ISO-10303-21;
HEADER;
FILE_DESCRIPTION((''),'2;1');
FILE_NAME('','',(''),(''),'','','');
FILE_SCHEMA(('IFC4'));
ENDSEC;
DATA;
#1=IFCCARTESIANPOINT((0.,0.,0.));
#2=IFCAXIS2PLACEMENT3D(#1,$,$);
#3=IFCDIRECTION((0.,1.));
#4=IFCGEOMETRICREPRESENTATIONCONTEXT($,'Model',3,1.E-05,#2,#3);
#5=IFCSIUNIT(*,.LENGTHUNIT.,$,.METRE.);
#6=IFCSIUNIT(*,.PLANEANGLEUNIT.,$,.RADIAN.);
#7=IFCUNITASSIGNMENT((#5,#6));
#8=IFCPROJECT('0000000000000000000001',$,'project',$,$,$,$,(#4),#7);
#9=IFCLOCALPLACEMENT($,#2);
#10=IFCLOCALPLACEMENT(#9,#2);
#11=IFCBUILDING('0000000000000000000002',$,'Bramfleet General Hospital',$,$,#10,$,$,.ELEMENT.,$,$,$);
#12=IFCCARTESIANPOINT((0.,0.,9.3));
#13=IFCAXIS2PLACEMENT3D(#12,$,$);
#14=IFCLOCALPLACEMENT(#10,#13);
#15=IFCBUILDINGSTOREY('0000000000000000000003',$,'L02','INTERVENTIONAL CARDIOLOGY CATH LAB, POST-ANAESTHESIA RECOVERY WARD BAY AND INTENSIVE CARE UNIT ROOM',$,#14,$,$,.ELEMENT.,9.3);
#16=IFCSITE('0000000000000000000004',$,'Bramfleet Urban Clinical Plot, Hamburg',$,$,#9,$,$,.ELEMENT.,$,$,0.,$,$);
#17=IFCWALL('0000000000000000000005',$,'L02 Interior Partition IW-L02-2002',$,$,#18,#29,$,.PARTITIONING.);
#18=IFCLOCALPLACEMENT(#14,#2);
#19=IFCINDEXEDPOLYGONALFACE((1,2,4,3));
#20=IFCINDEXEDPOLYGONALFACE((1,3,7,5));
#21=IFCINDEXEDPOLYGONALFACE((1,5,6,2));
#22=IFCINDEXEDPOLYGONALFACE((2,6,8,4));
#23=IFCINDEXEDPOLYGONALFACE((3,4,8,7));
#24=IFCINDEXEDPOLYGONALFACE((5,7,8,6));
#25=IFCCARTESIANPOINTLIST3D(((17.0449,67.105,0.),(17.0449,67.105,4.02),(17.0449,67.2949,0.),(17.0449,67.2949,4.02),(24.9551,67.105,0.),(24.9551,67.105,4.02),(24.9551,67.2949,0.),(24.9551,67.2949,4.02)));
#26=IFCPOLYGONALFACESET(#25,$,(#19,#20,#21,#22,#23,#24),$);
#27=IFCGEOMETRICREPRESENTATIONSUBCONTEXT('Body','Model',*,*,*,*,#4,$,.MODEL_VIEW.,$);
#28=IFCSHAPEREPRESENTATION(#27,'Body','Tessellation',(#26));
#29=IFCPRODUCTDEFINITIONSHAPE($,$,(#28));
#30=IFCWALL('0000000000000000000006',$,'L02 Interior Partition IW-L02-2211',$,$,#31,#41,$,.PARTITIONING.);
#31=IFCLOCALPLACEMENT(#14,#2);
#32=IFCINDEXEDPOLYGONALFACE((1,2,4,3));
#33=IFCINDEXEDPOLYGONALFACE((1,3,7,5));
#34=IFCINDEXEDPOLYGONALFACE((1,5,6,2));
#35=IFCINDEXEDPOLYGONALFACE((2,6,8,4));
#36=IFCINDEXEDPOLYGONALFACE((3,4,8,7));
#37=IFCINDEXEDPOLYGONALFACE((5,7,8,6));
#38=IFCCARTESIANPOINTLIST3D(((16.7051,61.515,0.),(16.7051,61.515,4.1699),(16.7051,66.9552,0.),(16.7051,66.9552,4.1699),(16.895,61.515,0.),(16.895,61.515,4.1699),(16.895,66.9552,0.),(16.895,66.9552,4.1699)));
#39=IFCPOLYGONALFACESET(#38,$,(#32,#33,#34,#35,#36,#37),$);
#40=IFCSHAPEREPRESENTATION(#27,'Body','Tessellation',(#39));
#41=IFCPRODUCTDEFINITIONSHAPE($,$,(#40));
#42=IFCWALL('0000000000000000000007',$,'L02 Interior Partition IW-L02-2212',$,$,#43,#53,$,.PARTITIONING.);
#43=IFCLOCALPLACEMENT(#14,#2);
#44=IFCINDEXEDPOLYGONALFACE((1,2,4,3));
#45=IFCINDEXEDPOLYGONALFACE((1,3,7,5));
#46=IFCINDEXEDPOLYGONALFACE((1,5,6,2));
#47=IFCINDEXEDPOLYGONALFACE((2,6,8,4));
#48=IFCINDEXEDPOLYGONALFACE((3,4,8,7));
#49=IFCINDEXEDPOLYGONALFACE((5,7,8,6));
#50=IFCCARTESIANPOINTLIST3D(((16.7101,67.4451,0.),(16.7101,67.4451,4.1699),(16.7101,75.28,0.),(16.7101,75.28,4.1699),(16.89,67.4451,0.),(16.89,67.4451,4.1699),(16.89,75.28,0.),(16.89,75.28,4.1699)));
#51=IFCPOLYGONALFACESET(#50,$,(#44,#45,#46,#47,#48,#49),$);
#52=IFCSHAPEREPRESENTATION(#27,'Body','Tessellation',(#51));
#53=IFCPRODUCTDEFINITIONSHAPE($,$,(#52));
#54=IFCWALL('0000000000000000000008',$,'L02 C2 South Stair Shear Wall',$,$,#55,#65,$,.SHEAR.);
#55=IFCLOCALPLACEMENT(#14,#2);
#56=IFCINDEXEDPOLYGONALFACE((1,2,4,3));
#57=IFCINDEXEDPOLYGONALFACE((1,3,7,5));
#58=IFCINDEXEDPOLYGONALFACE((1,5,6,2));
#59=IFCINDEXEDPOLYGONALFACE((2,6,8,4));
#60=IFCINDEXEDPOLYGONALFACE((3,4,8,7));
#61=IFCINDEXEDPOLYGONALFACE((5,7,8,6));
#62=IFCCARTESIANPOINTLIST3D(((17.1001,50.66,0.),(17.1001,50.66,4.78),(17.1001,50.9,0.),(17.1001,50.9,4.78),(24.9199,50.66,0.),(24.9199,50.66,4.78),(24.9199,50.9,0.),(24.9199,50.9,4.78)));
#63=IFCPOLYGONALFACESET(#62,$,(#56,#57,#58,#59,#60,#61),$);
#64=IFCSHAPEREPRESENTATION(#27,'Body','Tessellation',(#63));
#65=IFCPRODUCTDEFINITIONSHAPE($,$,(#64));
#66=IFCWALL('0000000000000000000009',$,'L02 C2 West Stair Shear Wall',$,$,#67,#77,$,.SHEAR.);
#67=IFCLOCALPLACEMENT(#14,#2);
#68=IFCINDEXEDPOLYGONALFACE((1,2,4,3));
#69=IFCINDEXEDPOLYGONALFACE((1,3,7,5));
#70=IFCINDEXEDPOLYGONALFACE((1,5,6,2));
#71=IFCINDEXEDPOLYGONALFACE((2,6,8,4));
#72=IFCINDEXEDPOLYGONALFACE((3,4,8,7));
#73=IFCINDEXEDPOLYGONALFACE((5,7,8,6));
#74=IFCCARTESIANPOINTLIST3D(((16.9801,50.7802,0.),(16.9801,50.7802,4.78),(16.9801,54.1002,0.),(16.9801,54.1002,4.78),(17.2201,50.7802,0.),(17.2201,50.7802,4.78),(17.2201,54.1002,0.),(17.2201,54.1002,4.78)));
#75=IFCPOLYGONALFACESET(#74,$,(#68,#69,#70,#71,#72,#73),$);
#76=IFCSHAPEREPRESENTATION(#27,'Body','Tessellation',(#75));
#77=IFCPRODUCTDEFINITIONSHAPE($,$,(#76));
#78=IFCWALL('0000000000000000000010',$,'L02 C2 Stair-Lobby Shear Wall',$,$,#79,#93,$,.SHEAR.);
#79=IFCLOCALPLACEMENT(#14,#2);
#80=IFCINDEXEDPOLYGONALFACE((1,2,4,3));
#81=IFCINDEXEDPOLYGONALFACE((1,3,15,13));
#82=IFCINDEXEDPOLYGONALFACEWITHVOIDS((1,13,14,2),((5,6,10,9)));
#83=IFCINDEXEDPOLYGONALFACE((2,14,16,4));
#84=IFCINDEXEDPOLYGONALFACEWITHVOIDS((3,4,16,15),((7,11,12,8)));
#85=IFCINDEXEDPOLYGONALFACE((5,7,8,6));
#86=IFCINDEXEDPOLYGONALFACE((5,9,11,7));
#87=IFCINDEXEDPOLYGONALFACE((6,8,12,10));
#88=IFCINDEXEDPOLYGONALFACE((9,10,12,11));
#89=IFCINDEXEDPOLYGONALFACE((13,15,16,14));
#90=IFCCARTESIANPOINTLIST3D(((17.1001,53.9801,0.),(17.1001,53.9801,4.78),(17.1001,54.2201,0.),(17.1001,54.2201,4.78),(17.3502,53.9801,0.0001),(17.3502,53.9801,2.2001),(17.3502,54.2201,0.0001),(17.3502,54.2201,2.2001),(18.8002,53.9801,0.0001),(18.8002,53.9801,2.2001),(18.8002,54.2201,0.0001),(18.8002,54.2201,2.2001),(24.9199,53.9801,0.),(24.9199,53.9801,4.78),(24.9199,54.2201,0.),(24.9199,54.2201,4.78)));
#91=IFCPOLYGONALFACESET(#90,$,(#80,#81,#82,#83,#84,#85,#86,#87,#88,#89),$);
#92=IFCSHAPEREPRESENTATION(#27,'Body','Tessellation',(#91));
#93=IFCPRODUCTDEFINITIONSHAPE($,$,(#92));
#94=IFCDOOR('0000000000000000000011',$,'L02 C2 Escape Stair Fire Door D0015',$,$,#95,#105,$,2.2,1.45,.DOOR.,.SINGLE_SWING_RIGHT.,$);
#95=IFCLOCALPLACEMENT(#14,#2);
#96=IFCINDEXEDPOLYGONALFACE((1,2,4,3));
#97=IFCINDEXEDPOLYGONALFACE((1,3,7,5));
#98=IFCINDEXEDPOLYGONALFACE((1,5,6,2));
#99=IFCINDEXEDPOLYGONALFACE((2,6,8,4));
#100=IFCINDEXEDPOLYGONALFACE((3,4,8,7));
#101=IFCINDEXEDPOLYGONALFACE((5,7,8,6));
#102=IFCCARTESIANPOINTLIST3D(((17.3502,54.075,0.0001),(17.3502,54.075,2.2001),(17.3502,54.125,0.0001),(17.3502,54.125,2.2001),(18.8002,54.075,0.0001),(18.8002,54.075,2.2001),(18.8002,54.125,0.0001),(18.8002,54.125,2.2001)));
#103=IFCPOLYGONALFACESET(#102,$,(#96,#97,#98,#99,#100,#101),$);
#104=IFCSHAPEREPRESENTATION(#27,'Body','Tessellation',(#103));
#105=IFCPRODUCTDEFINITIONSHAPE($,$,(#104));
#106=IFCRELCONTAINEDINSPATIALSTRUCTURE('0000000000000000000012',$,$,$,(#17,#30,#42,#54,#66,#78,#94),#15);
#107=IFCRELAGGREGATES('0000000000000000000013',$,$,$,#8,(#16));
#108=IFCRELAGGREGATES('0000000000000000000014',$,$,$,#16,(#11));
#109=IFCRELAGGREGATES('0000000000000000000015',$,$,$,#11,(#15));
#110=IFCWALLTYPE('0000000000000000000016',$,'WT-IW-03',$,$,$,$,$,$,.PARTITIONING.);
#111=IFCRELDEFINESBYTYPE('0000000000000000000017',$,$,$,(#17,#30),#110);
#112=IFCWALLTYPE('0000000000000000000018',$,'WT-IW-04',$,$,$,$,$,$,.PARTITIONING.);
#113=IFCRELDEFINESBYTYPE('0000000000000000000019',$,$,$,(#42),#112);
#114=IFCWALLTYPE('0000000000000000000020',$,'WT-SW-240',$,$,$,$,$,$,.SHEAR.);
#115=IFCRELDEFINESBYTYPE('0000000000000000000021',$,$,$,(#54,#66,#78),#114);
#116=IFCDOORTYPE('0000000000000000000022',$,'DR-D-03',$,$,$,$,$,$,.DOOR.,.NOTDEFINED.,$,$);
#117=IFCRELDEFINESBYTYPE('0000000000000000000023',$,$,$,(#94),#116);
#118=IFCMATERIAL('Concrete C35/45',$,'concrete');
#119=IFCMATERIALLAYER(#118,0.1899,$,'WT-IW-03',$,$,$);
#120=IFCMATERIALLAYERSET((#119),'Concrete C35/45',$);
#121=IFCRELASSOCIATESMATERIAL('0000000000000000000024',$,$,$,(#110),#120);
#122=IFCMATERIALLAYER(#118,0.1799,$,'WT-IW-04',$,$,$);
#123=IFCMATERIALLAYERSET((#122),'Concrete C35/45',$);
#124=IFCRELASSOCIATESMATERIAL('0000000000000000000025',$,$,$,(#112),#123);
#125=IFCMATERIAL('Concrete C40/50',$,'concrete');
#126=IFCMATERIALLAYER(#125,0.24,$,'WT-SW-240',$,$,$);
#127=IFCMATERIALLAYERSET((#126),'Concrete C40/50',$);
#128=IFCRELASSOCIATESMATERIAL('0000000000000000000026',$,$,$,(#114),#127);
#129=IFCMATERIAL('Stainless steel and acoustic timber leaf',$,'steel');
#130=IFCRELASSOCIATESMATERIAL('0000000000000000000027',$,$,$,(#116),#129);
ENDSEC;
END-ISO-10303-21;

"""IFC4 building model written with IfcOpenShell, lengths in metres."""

from ifc_helpers import new_model, si_unit, direction, frame, frame_2d, origin, place, context, subcontext, project, spatial, rectangle, extrude, material, layer, layer_set, type_object, element, fill, save


model = new_model("IFC4")

# Units and contexts
model_context = context("Model", 3, precision=1e-05, world=origin(), true_north=direction((0.0, 1.0)))
body_context = subcontext(model_context, "Body", "Model", "MODEL_VIEW")
ifc_project = project(units=[si_unit("LENGTHUNIT", "METRE"), si_unit("PLANEANGLEUNIT", "RADIAN")], contexts=[model_context])

# Site, building, storey
site_placement = place(None, origin())
site = spatial("IfcSite", under=ifc_project, at=site_placement, Name="Bramfleet Urban Clinical Plot, Hamburg", CompositionType="ELEMENT", RefElevation=0.0)
building_placement = place(site_placement, origin())
building = spatial("IfcBuilding", under=site, at=building_placement, Name="Bramfleet General Hospital", CompositionType="ELEMENT")
storey_placement = place(building_placement, frame((0.0, 0.0, 9.3)))
storey = spatial("IfcBuildingStorey", under=building, at=storey_placement, Name="L02", Description="INTERVENTIONAL CARDIOLOGY CATH LAB, POST-ANAESTHESIA RECOVERY WARD BAY AND INTENSIVE CARE UNIT ROOM", CompositionType="ELEMENT", Elevation=9.3)

# Shared definitions
ifc_material_1 = material(Name="Concrete C40/50", Category="concrete")

# Shared definitions
ifc_material_2 = material(Name="Concrete C35/45", Category="concrete")

# Shared definitions
ifc_material_3 = material(Name="Stainless steel and acoustic timber leaf", Category="steel")

# Shared definitions
ifc_layer_1 = layer(ifc_material_2, 0.1899, Name="WT-IW-03")
ifc_layer_set_1 = layer_set([ifc_layer_1], Name="Concrete C35/45")
wall_type_1 = type_object("IfcWallType", Name="WT-IW-03", PredefinedType="PARTITIONING", material=ifc_layer_set_1)

# Walls
wall_1_placement = place(storey_placement, frame((17.0449, 67.2, 0.0), z_axis=(0.0, 0.0, 1.0), x_axis=(1.0, 0.0, 0.0)))
element("IfcWall", 1, at=wall_1_placement, inside=storey, type_object=wall_type_1, Name="L02 Interior Partition IW-L02-2002", PredefinedType="PARTITIONING", context=body_context, shape_type="SweptSolid", body=[
    extrude(rectangle(XDim=7.9102, YDim=0.1899, at=frame_2d((3.9551, 0.0))), origin(), (0.0, 0.0, 1.0), 4.02),
])
wall_2_placement = place(storey_placement, frame((16.8, 61.5149, 0.0), z_axis=(0.0, 0.0, 1.0), x_axis=(0.0, 1.0, 0.0)))
element("IfcWall", 2, at=wall_2_placement, inside=storey, type_object=wall_type_1, Name="L02 Interior Partition IW-L02-2211", PredefinedType="PARTITIONING", context=body_context, shape_type="SweptSolid", body=[
    extrude(rectangle(XDim=5.4402, YDim=0.1899, at=frame_2d((2.7202, 0.0))), origin(), (0.0, 0.0, 1.0), 4.1699),
])
ifc_layer_2 = layer(ifc_material_2, 0.1799, Name="WT-IW-04")
ifc_layer_set_2 = layer_set([ifc_layer_2], Name="Concrete C35/45")
wall_type_2 = type_object("IfcWallType", Name="WT-IW-04", PredefinedType="PARTITIONING", material=ifc_layer_set_2)
wall_3_placement = place(storey_placement, frame((16.8, 67.4451, 0.0), z_axis=(0.0, 0.0, 1.0), x_axis=(0.0, 1.0, 0.0)))
element("IfcWall", 3, at=wall_3_placement, inside=storey, type_object=wall_type_2, Name="L02 Interior Partition IW-L02-2212", PredefinedType="PARTITIONING", context=body_context, shape_type="SweptSolid", body=[
    extrude(rectangle(XDim=7.835, YDim=0.1799, at=frame_2d((3.9175, 0.0))), origin(), (0.0, 0.0, 1.0), 4.1699),
])
ifc_layer_3 = layer(ifc_material_1, 0.24, Name="WT-SW-240")
ifc_layer_set_3 = layer_set([ifc_layer_3], Name="Concrete C40/50")
wall_type_3 = type_object("IfcWallType", Name="WT-SW-240", PredefinedType="SHEAR", material=ifc_layer_set_3)
wall_4_placement = place(storey_placement, frame((17.1001, 50.78, 0.0), z_axis=(0.0, 0.0, 1.0), x_axis=(1.0, 0.0, 0.0)))
element("IfcWall", 4, at=wall_4_placement, inside=storey, type_object=wall_type_3, Name="L02 C2 South Stair Shear Wall", PredefinedType="SHEAR", context=body_context, shape_type="SweptSolid", body=[
    extrude(rectangle(XDim=7.8198, YDim=0.24, at=frame_2d((3.9099, 0.0))), origin(), (0.0, 0.0, 1.0), 4.78),
])
wall_5_placement = place(storey_placement, frame((17.1001, 50.78, 0.0), z_axis=(0.0, 0.0, 1.0), x_axis=(0.0, 1.0, 0.0)))
element("IfcWall", 5, at=wall_5_placement, inside=storey, type_object=wall_type_3, Name="L02 C2 West Stair Shear Wall", PredefinedType="SHEAR", context=body_context, shape_type="SweptSolid", body=[
    extrude(rectangle(XDim=3.3201, YDim=0.24, at=frame_2d((1.6602, 0.0))), origin(), (0.0, 0.0, 1.0), 4.78),
])

# Wall, opening, door
wall_6_placement = place(storey_placement, frame((17.1001, 54.1001, 0.0), z_axis=(0.0, 0.0, 1.0), x_axis=(1.0, 0.0, 0.0)))
wall_6 = element("IfcWall", 6, at=wall_6_placement, inside=storey, type_object=wall_type_3, Name="L02 C2 Stair-Lobby Shear Wall", PredefinedType="SHEAR", context=body_context, shape_type="SweptSolid", body=[
    extrude(rectangle(XDim=7.8198, YDim=0.24, at=frame_2d((3.9099, 0.0))), origin(), (0.0, 0.0, 1.0), 4.78),
])
opening_1_placement = place(wall_6_placement, frame((0.25, 0.0, 0.0)))
opening_1 = element("IfcOpeningElement", 7, at=opening_1_placement, cuts=wall_6, PredefinedType="OPENING", context=body_context, shape_type="SweptSolid", body=[
    extrude(rectangle(XDim=1.45, YDim=2.2, at=frame_2d((0.7251, 1.1001))), frame((0.0, 0.1299, 0.0), z_axis=(0.0, -1.0, 0.0), x_axis=(1.0, 0.0, 0.0)), (0.0, 0.0, 1.0), 0.26),
])
door_type_1 = type_object("IfcDoorType", Name="DR-D-03", OperationType="NOTDEFINED", PredefinedType="DOOR", material=ifc_material_3)
door_1_placement = place(opening_1_placement, origin())
door_1 = element("IfcDoor", 8, at=door_1_placement, inside=storey, type_object=door_type_1, Name="L02 C2 Escape Stair Fire Door D0015", OperationType="SINGLE_SWING_RIGHT", OverallHeight=2.2, OverallWidth=1.45, PredefinedType="DOOR", context=body_context, shape_type="SweptSolid", body=[
    extrude(rectangle(XDim=1.45, YDim=2.2, at=frame_2d((0.7251, 1.1001))), frame((0.0, 0.0249, 0.0), z_axis=(0.0, -1.0, 0.0), x_axis=(1.0, 0.0, 0.0)), (0.0, 0.0, 1.0), 0.05),
])
fill(opening_1, door_1)

save(model, "model.ifc")
